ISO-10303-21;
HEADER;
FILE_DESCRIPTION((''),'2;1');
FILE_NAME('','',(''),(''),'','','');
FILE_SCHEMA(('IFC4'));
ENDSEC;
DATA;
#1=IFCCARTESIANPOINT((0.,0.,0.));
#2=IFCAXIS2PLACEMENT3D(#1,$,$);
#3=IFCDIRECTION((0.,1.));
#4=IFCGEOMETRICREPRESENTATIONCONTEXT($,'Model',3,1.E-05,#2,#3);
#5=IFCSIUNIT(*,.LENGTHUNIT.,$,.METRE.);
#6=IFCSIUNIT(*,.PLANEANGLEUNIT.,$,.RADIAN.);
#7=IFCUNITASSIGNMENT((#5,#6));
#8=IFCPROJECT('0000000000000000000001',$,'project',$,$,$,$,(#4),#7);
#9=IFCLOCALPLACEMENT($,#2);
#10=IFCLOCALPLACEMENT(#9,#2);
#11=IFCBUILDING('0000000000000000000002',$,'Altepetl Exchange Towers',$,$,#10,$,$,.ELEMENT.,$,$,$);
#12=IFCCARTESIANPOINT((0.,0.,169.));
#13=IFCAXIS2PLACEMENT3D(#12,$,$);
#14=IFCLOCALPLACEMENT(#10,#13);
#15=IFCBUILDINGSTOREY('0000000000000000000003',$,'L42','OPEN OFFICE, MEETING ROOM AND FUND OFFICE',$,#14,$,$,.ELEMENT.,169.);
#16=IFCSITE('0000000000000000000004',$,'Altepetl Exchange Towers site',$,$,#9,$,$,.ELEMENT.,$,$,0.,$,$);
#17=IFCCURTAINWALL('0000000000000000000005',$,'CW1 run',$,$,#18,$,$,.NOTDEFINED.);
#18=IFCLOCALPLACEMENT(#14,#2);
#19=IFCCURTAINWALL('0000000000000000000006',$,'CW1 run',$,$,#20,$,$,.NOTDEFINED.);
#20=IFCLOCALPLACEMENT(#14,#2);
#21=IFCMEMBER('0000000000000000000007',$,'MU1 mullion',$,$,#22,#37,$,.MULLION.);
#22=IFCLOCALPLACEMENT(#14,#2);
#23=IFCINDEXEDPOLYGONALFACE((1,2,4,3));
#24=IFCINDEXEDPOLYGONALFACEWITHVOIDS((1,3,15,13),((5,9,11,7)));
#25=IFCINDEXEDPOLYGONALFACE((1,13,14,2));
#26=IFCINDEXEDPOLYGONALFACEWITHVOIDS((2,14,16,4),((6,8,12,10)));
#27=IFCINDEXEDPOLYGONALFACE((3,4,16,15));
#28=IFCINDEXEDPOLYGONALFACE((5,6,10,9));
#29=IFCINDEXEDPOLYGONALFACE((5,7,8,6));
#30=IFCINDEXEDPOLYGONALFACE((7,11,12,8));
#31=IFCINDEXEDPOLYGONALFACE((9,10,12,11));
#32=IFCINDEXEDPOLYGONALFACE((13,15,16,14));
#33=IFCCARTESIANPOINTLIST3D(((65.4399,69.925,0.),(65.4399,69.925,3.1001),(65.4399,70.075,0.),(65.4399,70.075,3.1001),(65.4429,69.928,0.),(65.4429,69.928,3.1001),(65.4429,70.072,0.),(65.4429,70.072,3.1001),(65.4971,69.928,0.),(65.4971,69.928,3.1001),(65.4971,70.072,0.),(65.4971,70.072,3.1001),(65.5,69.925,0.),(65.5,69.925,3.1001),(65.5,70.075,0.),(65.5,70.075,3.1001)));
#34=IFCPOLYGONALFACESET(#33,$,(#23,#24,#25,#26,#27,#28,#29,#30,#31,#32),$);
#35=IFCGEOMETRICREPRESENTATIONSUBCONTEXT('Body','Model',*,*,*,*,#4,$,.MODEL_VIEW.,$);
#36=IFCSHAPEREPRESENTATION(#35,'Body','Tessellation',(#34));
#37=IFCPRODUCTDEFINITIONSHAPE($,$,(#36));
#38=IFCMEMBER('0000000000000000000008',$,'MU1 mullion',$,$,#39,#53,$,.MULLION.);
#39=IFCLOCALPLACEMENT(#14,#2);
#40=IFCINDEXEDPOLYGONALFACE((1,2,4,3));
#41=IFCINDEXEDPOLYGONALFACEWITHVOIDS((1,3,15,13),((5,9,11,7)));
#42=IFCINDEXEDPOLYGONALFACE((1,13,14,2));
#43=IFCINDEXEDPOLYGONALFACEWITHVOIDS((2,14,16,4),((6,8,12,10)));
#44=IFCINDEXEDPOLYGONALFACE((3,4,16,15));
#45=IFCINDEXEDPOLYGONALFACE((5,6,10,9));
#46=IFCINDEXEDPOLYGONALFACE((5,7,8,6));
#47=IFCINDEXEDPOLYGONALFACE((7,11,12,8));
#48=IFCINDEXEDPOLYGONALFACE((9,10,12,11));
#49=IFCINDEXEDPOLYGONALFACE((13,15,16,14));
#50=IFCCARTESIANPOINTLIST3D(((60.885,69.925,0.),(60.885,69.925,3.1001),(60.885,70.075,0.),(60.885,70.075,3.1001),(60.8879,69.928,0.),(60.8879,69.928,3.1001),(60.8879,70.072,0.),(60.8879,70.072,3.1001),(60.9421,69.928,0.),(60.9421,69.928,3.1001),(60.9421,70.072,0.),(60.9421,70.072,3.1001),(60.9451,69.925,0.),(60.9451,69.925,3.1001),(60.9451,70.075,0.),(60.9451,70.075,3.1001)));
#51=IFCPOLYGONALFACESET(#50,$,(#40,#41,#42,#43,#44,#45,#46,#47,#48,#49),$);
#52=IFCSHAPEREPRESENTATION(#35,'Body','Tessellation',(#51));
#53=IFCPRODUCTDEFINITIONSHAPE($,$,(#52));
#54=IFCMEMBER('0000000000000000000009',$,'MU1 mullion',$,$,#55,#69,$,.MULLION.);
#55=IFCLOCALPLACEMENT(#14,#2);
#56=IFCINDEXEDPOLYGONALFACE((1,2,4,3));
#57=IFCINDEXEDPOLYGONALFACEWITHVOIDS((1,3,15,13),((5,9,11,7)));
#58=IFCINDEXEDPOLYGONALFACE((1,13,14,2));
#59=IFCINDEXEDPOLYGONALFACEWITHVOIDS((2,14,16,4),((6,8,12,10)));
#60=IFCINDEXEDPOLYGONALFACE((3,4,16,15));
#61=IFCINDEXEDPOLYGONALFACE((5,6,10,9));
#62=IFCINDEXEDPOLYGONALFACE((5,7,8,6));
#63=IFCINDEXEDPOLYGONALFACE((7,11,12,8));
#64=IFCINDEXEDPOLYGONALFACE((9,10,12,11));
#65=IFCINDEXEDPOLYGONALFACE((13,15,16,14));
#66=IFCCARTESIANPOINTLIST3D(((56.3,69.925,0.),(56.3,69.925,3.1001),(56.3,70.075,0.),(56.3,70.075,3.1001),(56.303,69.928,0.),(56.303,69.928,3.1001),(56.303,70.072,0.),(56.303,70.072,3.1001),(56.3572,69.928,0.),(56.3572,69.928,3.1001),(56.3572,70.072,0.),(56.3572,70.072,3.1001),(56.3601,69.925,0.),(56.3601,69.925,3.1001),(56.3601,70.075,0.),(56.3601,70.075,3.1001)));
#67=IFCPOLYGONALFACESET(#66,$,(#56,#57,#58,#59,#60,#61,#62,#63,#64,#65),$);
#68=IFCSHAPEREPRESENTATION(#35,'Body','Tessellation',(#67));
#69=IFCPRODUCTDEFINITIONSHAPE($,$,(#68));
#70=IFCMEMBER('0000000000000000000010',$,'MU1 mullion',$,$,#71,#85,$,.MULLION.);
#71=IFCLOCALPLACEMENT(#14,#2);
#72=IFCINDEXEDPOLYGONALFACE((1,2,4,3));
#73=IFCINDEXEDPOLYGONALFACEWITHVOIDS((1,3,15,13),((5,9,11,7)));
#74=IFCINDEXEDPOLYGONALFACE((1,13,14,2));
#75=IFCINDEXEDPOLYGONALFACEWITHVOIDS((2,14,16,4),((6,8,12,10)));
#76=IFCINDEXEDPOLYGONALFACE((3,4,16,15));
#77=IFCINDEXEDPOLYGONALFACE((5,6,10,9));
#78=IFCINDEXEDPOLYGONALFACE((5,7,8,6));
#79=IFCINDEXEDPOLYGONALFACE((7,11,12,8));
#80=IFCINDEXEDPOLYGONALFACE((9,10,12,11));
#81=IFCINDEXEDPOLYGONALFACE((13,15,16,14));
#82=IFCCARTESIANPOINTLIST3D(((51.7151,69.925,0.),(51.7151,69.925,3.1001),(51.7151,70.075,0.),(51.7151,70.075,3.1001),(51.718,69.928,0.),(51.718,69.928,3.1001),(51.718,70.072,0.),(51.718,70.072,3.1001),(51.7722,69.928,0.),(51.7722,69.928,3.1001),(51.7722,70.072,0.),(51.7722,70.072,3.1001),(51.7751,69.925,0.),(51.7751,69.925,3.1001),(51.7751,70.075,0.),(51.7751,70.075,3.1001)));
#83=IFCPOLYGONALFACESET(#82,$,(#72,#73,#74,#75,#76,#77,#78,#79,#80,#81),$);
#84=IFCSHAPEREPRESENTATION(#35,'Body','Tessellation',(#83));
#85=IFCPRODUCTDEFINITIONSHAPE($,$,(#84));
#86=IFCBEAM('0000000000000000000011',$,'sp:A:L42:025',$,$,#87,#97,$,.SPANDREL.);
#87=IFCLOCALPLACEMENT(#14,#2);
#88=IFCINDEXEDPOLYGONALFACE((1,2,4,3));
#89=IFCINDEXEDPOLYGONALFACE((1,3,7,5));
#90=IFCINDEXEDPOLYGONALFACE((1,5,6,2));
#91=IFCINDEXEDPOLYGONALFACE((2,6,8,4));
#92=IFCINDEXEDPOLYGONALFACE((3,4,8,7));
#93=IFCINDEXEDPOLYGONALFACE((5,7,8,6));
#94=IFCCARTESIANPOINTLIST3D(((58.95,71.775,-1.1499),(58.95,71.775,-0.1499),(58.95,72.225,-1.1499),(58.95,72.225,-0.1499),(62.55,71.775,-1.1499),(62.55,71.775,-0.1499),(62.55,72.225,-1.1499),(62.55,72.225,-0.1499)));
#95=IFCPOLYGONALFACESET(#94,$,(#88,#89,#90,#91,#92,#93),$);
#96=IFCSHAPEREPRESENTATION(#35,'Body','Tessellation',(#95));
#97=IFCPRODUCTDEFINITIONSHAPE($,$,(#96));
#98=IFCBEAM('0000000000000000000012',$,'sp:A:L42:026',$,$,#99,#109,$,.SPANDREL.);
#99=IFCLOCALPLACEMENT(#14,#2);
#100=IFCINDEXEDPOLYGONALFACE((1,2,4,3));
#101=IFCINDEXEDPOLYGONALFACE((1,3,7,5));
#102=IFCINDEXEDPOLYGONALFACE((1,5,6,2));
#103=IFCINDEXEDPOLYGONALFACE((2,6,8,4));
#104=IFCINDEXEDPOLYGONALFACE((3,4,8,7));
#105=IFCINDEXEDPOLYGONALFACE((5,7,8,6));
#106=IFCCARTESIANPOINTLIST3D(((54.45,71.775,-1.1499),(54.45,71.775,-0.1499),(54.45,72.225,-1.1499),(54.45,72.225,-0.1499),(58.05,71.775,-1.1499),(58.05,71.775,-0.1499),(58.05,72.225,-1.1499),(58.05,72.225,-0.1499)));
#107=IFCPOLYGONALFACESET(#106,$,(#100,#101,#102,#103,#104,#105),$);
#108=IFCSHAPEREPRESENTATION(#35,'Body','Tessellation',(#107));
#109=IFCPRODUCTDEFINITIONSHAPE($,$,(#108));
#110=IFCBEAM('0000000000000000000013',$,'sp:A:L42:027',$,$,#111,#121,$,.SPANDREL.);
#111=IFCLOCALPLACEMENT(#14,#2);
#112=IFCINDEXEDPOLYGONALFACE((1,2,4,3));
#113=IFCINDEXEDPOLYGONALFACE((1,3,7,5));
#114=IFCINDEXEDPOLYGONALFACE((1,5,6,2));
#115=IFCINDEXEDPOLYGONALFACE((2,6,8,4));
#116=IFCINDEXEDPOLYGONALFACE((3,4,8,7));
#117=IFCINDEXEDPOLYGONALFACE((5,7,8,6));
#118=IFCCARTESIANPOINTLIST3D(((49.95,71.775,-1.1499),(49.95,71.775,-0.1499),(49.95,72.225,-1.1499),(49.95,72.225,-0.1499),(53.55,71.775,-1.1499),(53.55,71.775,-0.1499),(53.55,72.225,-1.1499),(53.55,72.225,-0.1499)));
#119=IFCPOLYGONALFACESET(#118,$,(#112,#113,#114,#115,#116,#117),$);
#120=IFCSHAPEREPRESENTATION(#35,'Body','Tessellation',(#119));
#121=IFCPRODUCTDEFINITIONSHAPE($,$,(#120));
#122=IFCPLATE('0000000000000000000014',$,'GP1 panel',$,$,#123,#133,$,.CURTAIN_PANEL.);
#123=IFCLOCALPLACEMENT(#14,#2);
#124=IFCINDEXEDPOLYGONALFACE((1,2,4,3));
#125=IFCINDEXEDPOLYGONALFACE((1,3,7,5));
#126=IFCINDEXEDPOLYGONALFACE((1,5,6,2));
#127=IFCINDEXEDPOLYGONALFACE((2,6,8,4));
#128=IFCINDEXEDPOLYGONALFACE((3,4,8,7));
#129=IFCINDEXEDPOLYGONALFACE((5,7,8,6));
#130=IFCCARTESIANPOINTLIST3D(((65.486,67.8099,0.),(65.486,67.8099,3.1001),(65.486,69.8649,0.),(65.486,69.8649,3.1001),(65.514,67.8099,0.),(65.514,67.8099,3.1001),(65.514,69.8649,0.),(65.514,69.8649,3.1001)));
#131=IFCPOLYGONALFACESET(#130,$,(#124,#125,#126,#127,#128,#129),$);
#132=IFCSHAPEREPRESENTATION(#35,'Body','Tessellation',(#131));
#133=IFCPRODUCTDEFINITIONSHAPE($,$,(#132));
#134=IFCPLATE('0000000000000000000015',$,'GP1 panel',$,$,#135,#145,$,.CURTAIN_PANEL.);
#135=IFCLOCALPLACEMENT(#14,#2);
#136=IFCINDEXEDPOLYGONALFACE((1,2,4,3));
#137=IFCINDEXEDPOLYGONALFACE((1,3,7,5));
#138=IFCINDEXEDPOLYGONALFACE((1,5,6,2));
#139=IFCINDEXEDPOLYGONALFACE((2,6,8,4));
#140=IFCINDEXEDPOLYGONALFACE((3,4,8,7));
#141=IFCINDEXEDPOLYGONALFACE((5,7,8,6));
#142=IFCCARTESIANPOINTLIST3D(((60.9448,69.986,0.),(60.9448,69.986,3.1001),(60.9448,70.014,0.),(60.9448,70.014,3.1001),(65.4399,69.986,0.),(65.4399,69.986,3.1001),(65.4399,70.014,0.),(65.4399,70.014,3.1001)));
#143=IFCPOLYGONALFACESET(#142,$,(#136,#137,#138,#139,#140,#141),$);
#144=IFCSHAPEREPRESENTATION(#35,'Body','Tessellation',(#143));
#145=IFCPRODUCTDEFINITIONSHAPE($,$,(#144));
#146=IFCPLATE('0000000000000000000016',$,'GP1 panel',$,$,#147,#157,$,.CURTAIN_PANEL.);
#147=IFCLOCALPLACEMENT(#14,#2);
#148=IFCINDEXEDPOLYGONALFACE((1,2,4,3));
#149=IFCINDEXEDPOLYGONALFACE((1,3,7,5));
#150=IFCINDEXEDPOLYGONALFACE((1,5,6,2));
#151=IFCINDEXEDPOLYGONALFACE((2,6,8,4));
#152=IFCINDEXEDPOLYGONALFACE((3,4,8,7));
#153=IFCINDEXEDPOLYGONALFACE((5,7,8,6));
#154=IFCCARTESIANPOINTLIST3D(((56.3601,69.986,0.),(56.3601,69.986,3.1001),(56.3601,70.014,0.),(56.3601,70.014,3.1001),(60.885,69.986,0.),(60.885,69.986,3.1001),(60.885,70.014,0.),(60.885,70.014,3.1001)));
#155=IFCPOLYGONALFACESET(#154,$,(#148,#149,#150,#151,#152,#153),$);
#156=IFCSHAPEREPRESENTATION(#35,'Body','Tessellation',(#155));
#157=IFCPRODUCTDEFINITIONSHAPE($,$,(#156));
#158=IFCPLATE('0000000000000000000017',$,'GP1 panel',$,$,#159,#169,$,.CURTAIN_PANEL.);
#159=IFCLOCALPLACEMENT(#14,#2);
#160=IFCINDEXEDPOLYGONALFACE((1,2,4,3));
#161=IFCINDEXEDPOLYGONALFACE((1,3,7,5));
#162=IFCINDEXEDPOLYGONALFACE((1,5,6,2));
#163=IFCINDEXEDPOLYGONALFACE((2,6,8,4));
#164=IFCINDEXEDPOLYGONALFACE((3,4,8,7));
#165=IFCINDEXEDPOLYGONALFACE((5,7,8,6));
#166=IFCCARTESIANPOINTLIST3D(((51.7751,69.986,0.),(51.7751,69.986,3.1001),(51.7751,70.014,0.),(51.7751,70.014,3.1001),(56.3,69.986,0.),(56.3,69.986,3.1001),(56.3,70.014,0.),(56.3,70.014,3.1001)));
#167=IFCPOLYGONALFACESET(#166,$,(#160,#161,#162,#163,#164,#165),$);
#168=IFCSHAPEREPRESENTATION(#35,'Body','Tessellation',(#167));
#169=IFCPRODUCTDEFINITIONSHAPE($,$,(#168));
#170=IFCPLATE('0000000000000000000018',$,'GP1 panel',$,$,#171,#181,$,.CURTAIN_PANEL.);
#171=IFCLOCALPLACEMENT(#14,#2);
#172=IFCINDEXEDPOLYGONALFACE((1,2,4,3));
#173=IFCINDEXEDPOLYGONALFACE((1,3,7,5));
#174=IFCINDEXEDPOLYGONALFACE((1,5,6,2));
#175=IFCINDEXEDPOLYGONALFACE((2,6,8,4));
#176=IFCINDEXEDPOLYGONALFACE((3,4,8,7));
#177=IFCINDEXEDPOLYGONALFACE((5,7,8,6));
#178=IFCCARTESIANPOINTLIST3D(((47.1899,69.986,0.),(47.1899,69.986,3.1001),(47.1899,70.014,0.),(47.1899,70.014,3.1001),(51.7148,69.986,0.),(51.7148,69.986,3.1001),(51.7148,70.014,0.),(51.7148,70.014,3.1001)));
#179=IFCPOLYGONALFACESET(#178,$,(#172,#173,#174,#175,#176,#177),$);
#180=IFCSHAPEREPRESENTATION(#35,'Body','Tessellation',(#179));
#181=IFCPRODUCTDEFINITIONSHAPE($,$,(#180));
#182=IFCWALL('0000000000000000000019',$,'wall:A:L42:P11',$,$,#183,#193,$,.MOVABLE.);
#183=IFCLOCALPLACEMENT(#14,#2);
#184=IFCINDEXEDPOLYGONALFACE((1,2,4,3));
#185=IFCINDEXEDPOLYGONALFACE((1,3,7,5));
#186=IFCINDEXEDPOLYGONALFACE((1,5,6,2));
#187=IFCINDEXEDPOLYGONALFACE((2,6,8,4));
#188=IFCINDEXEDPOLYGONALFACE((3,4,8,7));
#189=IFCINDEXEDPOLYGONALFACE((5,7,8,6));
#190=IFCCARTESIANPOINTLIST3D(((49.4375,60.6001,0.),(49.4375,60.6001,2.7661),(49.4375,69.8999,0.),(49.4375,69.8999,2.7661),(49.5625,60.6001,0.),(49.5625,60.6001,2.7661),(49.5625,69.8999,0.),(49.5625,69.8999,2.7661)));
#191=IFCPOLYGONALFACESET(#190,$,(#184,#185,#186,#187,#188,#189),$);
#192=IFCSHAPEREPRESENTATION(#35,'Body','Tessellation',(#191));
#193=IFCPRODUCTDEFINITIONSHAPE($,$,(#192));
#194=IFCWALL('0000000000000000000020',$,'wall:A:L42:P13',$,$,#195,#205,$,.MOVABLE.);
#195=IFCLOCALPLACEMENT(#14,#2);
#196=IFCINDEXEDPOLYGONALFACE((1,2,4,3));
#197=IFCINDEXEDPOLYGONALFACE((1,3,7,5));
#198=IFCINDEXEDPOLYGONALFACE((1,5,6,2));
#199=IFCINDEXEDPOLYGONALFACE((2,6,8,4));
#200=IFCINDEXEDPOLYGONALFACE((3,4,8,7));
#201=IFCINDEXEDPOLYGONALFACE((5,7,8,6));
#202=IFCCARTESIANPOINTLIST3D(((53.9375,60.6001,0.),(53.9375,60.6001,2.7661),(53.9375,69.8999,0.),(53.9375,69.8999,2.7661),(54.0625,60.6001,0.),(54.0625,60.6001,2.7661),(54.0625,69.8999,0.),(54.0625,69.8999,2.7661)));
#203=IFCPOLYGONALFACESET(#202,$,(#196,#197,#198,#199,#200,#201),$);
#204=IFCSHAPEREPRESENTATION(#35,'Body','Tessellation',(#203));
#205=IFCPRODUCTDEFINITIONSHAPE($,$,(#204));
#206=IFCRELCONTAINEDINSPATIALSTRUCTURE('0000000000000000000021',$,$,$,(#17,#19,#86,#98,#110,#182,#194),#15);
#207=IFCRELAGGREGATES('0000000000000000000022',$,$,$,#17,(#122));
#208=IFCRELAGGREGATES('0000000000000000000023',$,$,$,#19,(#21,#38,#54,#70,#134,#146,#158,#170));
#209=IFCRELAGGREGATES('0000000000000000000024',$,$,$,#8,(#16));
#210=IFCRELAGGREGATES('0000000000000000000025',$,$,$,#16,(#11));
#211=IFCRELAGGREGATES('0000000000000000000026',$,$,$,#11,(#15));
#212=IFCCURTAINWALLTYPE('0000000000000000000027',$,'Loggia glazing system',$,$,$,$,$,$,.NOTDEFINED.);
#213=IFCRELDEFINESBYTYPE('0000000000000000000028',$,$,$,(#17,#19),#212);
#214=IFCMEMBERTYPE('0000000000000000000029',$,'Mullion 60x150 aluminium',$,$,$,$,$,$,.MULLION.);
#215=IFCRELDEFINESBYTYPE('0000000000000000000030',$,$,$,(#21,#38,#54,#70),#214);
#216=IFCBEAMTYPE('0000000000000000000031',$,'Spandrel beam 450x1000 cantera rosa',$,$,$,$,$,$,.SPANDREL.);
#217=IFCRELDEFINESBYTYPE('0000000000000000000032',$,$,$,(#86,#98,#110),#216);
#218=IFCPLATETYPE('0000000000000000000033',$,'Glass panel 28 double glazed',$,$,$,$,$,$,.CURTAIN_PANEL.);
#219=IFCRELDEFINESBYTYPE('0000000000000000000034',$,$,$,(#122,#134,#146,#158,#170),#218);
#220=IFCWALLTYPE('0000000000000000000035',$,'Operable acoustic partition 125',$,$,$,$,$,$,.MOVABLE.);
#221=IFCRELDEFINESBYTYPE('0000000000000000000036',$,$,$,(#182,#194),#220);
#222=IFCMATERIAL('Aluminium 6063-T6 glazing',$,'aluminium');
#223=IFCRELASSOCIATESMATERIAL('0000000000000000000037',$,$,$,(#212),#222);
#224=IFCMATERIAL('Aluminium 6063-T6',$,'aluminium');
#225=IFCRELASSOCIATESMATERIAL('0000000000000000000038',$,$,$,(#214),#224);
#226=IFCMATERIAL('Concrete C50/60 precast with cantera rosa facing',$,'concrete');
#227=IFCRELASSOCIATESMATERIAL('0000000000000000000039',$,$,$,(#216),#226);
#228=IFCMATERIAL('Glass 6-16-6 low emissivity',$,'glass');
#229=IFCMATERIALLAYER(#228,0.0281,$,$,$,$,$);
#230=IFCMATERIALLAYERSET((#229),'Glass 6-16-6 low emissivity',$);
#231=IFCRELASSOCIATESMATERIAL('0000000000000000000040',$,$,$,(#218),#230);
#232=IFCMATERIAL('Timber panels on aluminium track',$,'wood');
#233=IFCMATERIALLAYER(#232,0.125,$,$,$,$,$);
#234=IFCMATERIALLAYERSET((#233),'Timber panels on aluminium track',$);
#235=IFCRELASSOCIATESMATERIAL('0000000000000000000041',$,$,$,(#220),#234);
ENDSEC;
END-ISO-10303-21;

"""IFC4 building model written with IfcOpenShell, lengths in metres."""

from ifc_helpers import new_model, si_unit, direction, frame, frame_2d, origin, origin_2d, place, context, subcontext, project, spatial, rectangle, hollow_rectangle, extrude, material, layer, layer_set, material_profile, profile_set, type_object, element, aggregate, save


model = new_model("IFC4")

# Units and contexts
model_context = context("Model", 3, precision=1e-05, world=origin(), true_north=direction((0.0, 1.0)))
body_context = subcontext(model_context, "Body", "Model", "MODEL_VIEW")
ifc_project = project(units=[si_unit("LENGTHUNIT", "METRE"), si_unit("PLANEANGLEUNIT", "RADIAN")], contexts=[model_context])

# Site, building, storey
site_placement = place(None, origin())
site = spatial("IfcSite", under=ifc_project, at=site_placement, Name="Altepetl Exchange Towers site", CompositionType="ELEMENT", RefElevation=0.0)
building_placement = place(site_placement, origin())
building = spatial("IfcBuilding", under=site, at=building_placement, Name="Altepetl Exchange Towers", CompositionType="ELEMENT")
storey_placement = place(building_placement, frame((0.0, 0.0, 169.0)))
storey = spatial("IfcBuildingStorey", under=building, at=storey_placement, Name="L42", Description="OPEN OFFICE, MEETING ROOM AND FUND OFFICE", CompositionType="ELEMENT", Elevation=169.0)

# Curtain walls, members
ifc_material_1 = material(Name="Aluminium 6063-T6 glazing", Category="aluminium")
curtain_wall_type = type_object("IfcCurtainWallType", Name="Loggia glazing system", PredefinedType="NOTDEFINED", material=ifc_material_1)
curtain_wall_1_placement = place(storey_placement, origin())
curtain_wall_1 = element("IfcCurtainWall", 1, at=curtain_wall_1_placement, inside=storey, type_object=curtain_wall_type, Name="CW1 run", PredefinedType="NOTDEFINED")
ifc_material_2 = material(Name="Aluminium 6063-T6", Category="aluminium")
ifc_material_profile_1 = material_profile(ifc_material_2, hollow_rectangle(XDim=0.0601, YDim=0.1499, WallThickness=0.0029, at=origin_2d()), Name="Mullion 60x150 aluminium")
ifc_profile_set_1 = profile_set([ifc_material_profile_1], Name="Aluminium 6063-T6")
member_type = type_object("IfcMemberType", Name="Mullion 60x150 aluminium", PredefinedType="MULLION", material=ifc_profile_set_1)
curtain_wall_2_placement = place(storey_placement, origin())
curtain_wall_2 = element("IfcCurtainWall", 2, at=curtain_wall_2_placement, inside=storey, type_object=curtain_wall_type, Name="CW1 run", PredefinedType="NOTDEFINED")
member_1_placement = place(storey_placement, frame((65.47, 70.0, 0.0), z_axis=(0.0, 0.0, 1.0), x_axis=(-1.0, 0.0, 0.0)))
member_1 = element("IfcMember", 3, at=member_1_placement, type_object=member_type, Name="MU1 mullion", PredefinedType="MULLION", context=body_context, shape_type="SweptSolid", body=[
    extrude(hollow_rectangle(XDim=0.0601, YDim=0.1499, WallThickness=0.0029, at=origin_2d()), origin(), (0.0, 0.0, 1.0), 3.1001),
])
member_2_placement = place(storey_placement, frame((60.915, 70.0, 0.0), z_axis=(0.0, 0.0, 1.0), x_axis=(-1.0, 0.0, 0.0)))
member_2 = element("IfcMember", 4, at=member_2_placement, type_object=member_type, Name="MU1 mullion", PredefinedType="MULLION", context=body_context, shape_type="SweptSolid", body=[
    extrude(hollow_rectangle(XDim=0.0601, YDim=0.1499, WallThickness=0.0029, at=origin_2d()), origin(), (0.0, 0.0, 1.0), 3.1001),
])
member_3_placement = place(storey_placement, frame((56.3301, 70.0, 0.0), z_axis=(0.0, 0.0, 1.0), x_axis=(-1.0, 0.0, 0.0)))
member_3 = element("IfcMember", 5, at=member_3_placement, type_object=member_type, Name="MU1 mullion", PredefinedType="MULLION", context=body_context, shape_type="SweptSolid", body=[
    extrude(hollow_rectangle(XDim=0.0601, YDim=0.1499, WallThickness=0.0029, at=origin_2d()), origin(), (0.0, 0.0, 1.0), 3.1001),
])
member_4_placement = place(storey_placement, frame((51.7451, 70.0, 0.0), z_axis=(0.0, 0.0, 1.0), x_axis=(-1.0, 0.0, 0.0)))
member_4 = element("IfcMember", 6, at=member_4_placement, type_object=member_type, Name="MU1 mullion", PredefinedType="MULLION", context=body_context, shape_type="SweptSolid", body=[
    extrude(hollow_rectangle(XDim=0.0601, YDim=0.1499, WallThickness=0.0029, at=origin_2d()), origin(), (0.0, 0.0, 1.0), 3.1001),
])

# Beams
ifc_material_3 = material(Name="Concrete C50/60 precast with cantera rosa facing", Category="concrete")
ifc_material_profile_2 = material_profile(ifc_material_3, rectangle(XDim=0.45, YDim=1.0, at=origin_2d()), Name="450 x 1000")
ifc_profile_set_2 = profile_set([ifc_material_profile_2], Name="Concrete C50/60 precast with cantera rosa facing")
beam_type_1 = type_object("IfcBeamType", Name="Spandrel beam 450x1000 cantera rosa", PredefinedType="SPANDREL", material=ifc_profile_set_2)
for number, where, z_axis, x_axis, name in (
    (7, (62.55, 72.0, -0.6499), (-1.0, 0.0, 0.0), (0.0, -1.0, 0.0), "sp:A:L42:025"),
    (8, (58.05, 72.0, -0.6499), (-1.0, 0.0, 0.0), (0.0, -1.0, 0.0), "sp:A:L42:026"),
    (9, (53.55, 72.0, -0.6499), (-1.0, 0.0, 0.0), (0.0, -1.0, 0.0), "sp:A:L42:027"),
):
    element("IfcBeam", number, at=place(storey_placement, frame(where, z_axis=z_axis, x_axis=x_axis)), inside=storey, type_object=beam_type_1, Name=name, PredefinedType="SPANDREL", context=body_context, shape_type="SweptSolid", body=[
        extrude(rectangle(XDim=0.45, YDim=1.0, at=origin_2d()), origin(), (0.0, 0.0, 1.0), 3.6001),
    ])

# Plates
ifc_material_4 = material(Name="Glass 6-16-6 low emissivity", Category="glass")
ifc_layer_1 = layer(ifc_material_4, 0.0281)
ifc_layer_set_1 = layer_set([ifc_layer_1], Name="Glass 6-16-6 low emissivity")
plate_type = type_object("IfcPlateType", Name="Glass panel 28 double glazed", PredefinedType="CURTAIN_PANEL", material=ifc_layer_set_1)
plate_1_placement = place(storey_placement, frame((65.5, 68.8374, 0.0), z_axis=(0.0, 0.0, 1.0), x_axis=(0.0, 1.0, 0.0)))
plate_1 = element("IfcPlate", 10, at=plate_1_placement, type_object=plate_type, Name="GP1 panel", PredefinedType="CURTAIN_PANEL", context=body_context, shape_type="SweptSolid", body=[
    extrude(rectangle(XDim=2.0549, YDim=0.0281, at=origin_2d()), origin(), (0.0, 0.0, 1.0), 3.1001),
])
aggregate(curtain_wall_1, [plate_1])
plate_2_placement = place(storey_placement, frame((63.1924, 70.0, 0.0), z_axis=(0.0, 0.0, 1.0), x_axis=(-1.0, 0.0, 0.0)))
plate_2 = element("IfcPlate", 11, at=plate_2_placement, type_object=plate_type, Name="GP1 panel", PredefinedType="CURTAIN_PANEL", context=body_context, shape_type="SweptSolid", body=[
    extrude(rectangle(XDim=4.4951, YDim=0.0281, at=origin_2d()), origin(), (0.0, 0.0, 1.0), 3.1001),
])
plate_3_placement = place(storey_placement, frame((58.6226, 70.0, 0.0), z_axis=(0.0, 0.0, 1.0), x_axis=(-1.0, 0.0, 0.0)))
plate_3 = element("IfcPlate", 12, at=plate_3_placement, type_object=plate_type, Name="GP1 panel", PredefinedType="CURTAIN_PANEL", context=body_context, shape_type="SweptSolid", body=[
    extrude(rectangle(XDim=4.5249, YDim=0.0281, at=origin_2d()), origin(), (0.0, 0.0, 1.0), 3.1001),
])
plate_4_placement = place(storey_placement, frame((54.0376, 70.0, 0.0), z_axis=(0.0, 0.0, 1.0), x_axis=(-1.0, 0.0, 0.0)))
plate_4 = element("IfcPlate", 13, at=plate_4_placement, type_object=plate_type, Name="GP1 panel", PredefinedType="CURTAIN_PANEL", context=body_context, shape_type="SweptSolid", body=[
    extrude(rectangle(XDim=4.5249, YDim=0.0281, at=origin_2d()), origin(), (0.0, 0.0, 1.0), 3.1001),
])
plate_5_placement = place(storey_placement, frame((49.4524, 70.0, 0.0), z_axis=(0.0, 0.0, 1.0), x_axis=(-1.0, 0.0, 0.0)))
plate_5 = element("IfcPlate", 14, at=plate_5_placement, type_object=plate_type, Name="GP1 panel", PredefinedType="CURTAIN_PANEL", context=body_context, shape_type="SweptSolid", body=[
    extrude(rectangle(XDim=4.5249, YDim=0.0281, at=origin_2d()), origin(), (0.0, 0.0, 1.0), 3.1001),
])
aggregate(curtain_wall_2, [member_1, member_2, member_3, member_4, plate_2, plate_3, plate_4, plate_5])

# Walls
ifc_material_5 = material(Name="Timber panels on aluminium track", Category="wood")
ifc_layer_2 = layer(ifc_material_5, 0.125)
ifc_layer_set_2 = layer_set([ifc_layer_2], Name="Timber panels on aluminium track")
wall_type_1 = type_object("IfcWallType", Name="Operable acoustic partition 125", PredefinedType="MOVABLE", material=ifc_layer_set_2)
for number, where, z_axis, x_axis, name in (
    (15, (49.5, 60.6001, 0.0), (0.0, 0.0, 1.0), (0.0, 1.0, 0.0), "wall:A:L42:P11"),
    (16, (54.0, 60.6001, 0.0), (0.0, 0.0, 1.0), (0.0, 1.0, 0.0), "wall:A:L42:P13"),
):
    element("IfcWall", number, at=place(storey_placement, frame(where, z_axis=z_axis, x_axis=x_axis)), inside=storey, type_object=wall_type_1, Name=name, PredefinedType="MOVABLE", context=body_context, shape_type="SweptSolid", body=[
        extrude(rectangle(XDim=9.2998, YDim=0.125, at=frame_2d((4.6499, 0.0))), origin(), (0.0, 0.0, 1.0), 2.7661),
    ])

save(model, "model.ifc")
